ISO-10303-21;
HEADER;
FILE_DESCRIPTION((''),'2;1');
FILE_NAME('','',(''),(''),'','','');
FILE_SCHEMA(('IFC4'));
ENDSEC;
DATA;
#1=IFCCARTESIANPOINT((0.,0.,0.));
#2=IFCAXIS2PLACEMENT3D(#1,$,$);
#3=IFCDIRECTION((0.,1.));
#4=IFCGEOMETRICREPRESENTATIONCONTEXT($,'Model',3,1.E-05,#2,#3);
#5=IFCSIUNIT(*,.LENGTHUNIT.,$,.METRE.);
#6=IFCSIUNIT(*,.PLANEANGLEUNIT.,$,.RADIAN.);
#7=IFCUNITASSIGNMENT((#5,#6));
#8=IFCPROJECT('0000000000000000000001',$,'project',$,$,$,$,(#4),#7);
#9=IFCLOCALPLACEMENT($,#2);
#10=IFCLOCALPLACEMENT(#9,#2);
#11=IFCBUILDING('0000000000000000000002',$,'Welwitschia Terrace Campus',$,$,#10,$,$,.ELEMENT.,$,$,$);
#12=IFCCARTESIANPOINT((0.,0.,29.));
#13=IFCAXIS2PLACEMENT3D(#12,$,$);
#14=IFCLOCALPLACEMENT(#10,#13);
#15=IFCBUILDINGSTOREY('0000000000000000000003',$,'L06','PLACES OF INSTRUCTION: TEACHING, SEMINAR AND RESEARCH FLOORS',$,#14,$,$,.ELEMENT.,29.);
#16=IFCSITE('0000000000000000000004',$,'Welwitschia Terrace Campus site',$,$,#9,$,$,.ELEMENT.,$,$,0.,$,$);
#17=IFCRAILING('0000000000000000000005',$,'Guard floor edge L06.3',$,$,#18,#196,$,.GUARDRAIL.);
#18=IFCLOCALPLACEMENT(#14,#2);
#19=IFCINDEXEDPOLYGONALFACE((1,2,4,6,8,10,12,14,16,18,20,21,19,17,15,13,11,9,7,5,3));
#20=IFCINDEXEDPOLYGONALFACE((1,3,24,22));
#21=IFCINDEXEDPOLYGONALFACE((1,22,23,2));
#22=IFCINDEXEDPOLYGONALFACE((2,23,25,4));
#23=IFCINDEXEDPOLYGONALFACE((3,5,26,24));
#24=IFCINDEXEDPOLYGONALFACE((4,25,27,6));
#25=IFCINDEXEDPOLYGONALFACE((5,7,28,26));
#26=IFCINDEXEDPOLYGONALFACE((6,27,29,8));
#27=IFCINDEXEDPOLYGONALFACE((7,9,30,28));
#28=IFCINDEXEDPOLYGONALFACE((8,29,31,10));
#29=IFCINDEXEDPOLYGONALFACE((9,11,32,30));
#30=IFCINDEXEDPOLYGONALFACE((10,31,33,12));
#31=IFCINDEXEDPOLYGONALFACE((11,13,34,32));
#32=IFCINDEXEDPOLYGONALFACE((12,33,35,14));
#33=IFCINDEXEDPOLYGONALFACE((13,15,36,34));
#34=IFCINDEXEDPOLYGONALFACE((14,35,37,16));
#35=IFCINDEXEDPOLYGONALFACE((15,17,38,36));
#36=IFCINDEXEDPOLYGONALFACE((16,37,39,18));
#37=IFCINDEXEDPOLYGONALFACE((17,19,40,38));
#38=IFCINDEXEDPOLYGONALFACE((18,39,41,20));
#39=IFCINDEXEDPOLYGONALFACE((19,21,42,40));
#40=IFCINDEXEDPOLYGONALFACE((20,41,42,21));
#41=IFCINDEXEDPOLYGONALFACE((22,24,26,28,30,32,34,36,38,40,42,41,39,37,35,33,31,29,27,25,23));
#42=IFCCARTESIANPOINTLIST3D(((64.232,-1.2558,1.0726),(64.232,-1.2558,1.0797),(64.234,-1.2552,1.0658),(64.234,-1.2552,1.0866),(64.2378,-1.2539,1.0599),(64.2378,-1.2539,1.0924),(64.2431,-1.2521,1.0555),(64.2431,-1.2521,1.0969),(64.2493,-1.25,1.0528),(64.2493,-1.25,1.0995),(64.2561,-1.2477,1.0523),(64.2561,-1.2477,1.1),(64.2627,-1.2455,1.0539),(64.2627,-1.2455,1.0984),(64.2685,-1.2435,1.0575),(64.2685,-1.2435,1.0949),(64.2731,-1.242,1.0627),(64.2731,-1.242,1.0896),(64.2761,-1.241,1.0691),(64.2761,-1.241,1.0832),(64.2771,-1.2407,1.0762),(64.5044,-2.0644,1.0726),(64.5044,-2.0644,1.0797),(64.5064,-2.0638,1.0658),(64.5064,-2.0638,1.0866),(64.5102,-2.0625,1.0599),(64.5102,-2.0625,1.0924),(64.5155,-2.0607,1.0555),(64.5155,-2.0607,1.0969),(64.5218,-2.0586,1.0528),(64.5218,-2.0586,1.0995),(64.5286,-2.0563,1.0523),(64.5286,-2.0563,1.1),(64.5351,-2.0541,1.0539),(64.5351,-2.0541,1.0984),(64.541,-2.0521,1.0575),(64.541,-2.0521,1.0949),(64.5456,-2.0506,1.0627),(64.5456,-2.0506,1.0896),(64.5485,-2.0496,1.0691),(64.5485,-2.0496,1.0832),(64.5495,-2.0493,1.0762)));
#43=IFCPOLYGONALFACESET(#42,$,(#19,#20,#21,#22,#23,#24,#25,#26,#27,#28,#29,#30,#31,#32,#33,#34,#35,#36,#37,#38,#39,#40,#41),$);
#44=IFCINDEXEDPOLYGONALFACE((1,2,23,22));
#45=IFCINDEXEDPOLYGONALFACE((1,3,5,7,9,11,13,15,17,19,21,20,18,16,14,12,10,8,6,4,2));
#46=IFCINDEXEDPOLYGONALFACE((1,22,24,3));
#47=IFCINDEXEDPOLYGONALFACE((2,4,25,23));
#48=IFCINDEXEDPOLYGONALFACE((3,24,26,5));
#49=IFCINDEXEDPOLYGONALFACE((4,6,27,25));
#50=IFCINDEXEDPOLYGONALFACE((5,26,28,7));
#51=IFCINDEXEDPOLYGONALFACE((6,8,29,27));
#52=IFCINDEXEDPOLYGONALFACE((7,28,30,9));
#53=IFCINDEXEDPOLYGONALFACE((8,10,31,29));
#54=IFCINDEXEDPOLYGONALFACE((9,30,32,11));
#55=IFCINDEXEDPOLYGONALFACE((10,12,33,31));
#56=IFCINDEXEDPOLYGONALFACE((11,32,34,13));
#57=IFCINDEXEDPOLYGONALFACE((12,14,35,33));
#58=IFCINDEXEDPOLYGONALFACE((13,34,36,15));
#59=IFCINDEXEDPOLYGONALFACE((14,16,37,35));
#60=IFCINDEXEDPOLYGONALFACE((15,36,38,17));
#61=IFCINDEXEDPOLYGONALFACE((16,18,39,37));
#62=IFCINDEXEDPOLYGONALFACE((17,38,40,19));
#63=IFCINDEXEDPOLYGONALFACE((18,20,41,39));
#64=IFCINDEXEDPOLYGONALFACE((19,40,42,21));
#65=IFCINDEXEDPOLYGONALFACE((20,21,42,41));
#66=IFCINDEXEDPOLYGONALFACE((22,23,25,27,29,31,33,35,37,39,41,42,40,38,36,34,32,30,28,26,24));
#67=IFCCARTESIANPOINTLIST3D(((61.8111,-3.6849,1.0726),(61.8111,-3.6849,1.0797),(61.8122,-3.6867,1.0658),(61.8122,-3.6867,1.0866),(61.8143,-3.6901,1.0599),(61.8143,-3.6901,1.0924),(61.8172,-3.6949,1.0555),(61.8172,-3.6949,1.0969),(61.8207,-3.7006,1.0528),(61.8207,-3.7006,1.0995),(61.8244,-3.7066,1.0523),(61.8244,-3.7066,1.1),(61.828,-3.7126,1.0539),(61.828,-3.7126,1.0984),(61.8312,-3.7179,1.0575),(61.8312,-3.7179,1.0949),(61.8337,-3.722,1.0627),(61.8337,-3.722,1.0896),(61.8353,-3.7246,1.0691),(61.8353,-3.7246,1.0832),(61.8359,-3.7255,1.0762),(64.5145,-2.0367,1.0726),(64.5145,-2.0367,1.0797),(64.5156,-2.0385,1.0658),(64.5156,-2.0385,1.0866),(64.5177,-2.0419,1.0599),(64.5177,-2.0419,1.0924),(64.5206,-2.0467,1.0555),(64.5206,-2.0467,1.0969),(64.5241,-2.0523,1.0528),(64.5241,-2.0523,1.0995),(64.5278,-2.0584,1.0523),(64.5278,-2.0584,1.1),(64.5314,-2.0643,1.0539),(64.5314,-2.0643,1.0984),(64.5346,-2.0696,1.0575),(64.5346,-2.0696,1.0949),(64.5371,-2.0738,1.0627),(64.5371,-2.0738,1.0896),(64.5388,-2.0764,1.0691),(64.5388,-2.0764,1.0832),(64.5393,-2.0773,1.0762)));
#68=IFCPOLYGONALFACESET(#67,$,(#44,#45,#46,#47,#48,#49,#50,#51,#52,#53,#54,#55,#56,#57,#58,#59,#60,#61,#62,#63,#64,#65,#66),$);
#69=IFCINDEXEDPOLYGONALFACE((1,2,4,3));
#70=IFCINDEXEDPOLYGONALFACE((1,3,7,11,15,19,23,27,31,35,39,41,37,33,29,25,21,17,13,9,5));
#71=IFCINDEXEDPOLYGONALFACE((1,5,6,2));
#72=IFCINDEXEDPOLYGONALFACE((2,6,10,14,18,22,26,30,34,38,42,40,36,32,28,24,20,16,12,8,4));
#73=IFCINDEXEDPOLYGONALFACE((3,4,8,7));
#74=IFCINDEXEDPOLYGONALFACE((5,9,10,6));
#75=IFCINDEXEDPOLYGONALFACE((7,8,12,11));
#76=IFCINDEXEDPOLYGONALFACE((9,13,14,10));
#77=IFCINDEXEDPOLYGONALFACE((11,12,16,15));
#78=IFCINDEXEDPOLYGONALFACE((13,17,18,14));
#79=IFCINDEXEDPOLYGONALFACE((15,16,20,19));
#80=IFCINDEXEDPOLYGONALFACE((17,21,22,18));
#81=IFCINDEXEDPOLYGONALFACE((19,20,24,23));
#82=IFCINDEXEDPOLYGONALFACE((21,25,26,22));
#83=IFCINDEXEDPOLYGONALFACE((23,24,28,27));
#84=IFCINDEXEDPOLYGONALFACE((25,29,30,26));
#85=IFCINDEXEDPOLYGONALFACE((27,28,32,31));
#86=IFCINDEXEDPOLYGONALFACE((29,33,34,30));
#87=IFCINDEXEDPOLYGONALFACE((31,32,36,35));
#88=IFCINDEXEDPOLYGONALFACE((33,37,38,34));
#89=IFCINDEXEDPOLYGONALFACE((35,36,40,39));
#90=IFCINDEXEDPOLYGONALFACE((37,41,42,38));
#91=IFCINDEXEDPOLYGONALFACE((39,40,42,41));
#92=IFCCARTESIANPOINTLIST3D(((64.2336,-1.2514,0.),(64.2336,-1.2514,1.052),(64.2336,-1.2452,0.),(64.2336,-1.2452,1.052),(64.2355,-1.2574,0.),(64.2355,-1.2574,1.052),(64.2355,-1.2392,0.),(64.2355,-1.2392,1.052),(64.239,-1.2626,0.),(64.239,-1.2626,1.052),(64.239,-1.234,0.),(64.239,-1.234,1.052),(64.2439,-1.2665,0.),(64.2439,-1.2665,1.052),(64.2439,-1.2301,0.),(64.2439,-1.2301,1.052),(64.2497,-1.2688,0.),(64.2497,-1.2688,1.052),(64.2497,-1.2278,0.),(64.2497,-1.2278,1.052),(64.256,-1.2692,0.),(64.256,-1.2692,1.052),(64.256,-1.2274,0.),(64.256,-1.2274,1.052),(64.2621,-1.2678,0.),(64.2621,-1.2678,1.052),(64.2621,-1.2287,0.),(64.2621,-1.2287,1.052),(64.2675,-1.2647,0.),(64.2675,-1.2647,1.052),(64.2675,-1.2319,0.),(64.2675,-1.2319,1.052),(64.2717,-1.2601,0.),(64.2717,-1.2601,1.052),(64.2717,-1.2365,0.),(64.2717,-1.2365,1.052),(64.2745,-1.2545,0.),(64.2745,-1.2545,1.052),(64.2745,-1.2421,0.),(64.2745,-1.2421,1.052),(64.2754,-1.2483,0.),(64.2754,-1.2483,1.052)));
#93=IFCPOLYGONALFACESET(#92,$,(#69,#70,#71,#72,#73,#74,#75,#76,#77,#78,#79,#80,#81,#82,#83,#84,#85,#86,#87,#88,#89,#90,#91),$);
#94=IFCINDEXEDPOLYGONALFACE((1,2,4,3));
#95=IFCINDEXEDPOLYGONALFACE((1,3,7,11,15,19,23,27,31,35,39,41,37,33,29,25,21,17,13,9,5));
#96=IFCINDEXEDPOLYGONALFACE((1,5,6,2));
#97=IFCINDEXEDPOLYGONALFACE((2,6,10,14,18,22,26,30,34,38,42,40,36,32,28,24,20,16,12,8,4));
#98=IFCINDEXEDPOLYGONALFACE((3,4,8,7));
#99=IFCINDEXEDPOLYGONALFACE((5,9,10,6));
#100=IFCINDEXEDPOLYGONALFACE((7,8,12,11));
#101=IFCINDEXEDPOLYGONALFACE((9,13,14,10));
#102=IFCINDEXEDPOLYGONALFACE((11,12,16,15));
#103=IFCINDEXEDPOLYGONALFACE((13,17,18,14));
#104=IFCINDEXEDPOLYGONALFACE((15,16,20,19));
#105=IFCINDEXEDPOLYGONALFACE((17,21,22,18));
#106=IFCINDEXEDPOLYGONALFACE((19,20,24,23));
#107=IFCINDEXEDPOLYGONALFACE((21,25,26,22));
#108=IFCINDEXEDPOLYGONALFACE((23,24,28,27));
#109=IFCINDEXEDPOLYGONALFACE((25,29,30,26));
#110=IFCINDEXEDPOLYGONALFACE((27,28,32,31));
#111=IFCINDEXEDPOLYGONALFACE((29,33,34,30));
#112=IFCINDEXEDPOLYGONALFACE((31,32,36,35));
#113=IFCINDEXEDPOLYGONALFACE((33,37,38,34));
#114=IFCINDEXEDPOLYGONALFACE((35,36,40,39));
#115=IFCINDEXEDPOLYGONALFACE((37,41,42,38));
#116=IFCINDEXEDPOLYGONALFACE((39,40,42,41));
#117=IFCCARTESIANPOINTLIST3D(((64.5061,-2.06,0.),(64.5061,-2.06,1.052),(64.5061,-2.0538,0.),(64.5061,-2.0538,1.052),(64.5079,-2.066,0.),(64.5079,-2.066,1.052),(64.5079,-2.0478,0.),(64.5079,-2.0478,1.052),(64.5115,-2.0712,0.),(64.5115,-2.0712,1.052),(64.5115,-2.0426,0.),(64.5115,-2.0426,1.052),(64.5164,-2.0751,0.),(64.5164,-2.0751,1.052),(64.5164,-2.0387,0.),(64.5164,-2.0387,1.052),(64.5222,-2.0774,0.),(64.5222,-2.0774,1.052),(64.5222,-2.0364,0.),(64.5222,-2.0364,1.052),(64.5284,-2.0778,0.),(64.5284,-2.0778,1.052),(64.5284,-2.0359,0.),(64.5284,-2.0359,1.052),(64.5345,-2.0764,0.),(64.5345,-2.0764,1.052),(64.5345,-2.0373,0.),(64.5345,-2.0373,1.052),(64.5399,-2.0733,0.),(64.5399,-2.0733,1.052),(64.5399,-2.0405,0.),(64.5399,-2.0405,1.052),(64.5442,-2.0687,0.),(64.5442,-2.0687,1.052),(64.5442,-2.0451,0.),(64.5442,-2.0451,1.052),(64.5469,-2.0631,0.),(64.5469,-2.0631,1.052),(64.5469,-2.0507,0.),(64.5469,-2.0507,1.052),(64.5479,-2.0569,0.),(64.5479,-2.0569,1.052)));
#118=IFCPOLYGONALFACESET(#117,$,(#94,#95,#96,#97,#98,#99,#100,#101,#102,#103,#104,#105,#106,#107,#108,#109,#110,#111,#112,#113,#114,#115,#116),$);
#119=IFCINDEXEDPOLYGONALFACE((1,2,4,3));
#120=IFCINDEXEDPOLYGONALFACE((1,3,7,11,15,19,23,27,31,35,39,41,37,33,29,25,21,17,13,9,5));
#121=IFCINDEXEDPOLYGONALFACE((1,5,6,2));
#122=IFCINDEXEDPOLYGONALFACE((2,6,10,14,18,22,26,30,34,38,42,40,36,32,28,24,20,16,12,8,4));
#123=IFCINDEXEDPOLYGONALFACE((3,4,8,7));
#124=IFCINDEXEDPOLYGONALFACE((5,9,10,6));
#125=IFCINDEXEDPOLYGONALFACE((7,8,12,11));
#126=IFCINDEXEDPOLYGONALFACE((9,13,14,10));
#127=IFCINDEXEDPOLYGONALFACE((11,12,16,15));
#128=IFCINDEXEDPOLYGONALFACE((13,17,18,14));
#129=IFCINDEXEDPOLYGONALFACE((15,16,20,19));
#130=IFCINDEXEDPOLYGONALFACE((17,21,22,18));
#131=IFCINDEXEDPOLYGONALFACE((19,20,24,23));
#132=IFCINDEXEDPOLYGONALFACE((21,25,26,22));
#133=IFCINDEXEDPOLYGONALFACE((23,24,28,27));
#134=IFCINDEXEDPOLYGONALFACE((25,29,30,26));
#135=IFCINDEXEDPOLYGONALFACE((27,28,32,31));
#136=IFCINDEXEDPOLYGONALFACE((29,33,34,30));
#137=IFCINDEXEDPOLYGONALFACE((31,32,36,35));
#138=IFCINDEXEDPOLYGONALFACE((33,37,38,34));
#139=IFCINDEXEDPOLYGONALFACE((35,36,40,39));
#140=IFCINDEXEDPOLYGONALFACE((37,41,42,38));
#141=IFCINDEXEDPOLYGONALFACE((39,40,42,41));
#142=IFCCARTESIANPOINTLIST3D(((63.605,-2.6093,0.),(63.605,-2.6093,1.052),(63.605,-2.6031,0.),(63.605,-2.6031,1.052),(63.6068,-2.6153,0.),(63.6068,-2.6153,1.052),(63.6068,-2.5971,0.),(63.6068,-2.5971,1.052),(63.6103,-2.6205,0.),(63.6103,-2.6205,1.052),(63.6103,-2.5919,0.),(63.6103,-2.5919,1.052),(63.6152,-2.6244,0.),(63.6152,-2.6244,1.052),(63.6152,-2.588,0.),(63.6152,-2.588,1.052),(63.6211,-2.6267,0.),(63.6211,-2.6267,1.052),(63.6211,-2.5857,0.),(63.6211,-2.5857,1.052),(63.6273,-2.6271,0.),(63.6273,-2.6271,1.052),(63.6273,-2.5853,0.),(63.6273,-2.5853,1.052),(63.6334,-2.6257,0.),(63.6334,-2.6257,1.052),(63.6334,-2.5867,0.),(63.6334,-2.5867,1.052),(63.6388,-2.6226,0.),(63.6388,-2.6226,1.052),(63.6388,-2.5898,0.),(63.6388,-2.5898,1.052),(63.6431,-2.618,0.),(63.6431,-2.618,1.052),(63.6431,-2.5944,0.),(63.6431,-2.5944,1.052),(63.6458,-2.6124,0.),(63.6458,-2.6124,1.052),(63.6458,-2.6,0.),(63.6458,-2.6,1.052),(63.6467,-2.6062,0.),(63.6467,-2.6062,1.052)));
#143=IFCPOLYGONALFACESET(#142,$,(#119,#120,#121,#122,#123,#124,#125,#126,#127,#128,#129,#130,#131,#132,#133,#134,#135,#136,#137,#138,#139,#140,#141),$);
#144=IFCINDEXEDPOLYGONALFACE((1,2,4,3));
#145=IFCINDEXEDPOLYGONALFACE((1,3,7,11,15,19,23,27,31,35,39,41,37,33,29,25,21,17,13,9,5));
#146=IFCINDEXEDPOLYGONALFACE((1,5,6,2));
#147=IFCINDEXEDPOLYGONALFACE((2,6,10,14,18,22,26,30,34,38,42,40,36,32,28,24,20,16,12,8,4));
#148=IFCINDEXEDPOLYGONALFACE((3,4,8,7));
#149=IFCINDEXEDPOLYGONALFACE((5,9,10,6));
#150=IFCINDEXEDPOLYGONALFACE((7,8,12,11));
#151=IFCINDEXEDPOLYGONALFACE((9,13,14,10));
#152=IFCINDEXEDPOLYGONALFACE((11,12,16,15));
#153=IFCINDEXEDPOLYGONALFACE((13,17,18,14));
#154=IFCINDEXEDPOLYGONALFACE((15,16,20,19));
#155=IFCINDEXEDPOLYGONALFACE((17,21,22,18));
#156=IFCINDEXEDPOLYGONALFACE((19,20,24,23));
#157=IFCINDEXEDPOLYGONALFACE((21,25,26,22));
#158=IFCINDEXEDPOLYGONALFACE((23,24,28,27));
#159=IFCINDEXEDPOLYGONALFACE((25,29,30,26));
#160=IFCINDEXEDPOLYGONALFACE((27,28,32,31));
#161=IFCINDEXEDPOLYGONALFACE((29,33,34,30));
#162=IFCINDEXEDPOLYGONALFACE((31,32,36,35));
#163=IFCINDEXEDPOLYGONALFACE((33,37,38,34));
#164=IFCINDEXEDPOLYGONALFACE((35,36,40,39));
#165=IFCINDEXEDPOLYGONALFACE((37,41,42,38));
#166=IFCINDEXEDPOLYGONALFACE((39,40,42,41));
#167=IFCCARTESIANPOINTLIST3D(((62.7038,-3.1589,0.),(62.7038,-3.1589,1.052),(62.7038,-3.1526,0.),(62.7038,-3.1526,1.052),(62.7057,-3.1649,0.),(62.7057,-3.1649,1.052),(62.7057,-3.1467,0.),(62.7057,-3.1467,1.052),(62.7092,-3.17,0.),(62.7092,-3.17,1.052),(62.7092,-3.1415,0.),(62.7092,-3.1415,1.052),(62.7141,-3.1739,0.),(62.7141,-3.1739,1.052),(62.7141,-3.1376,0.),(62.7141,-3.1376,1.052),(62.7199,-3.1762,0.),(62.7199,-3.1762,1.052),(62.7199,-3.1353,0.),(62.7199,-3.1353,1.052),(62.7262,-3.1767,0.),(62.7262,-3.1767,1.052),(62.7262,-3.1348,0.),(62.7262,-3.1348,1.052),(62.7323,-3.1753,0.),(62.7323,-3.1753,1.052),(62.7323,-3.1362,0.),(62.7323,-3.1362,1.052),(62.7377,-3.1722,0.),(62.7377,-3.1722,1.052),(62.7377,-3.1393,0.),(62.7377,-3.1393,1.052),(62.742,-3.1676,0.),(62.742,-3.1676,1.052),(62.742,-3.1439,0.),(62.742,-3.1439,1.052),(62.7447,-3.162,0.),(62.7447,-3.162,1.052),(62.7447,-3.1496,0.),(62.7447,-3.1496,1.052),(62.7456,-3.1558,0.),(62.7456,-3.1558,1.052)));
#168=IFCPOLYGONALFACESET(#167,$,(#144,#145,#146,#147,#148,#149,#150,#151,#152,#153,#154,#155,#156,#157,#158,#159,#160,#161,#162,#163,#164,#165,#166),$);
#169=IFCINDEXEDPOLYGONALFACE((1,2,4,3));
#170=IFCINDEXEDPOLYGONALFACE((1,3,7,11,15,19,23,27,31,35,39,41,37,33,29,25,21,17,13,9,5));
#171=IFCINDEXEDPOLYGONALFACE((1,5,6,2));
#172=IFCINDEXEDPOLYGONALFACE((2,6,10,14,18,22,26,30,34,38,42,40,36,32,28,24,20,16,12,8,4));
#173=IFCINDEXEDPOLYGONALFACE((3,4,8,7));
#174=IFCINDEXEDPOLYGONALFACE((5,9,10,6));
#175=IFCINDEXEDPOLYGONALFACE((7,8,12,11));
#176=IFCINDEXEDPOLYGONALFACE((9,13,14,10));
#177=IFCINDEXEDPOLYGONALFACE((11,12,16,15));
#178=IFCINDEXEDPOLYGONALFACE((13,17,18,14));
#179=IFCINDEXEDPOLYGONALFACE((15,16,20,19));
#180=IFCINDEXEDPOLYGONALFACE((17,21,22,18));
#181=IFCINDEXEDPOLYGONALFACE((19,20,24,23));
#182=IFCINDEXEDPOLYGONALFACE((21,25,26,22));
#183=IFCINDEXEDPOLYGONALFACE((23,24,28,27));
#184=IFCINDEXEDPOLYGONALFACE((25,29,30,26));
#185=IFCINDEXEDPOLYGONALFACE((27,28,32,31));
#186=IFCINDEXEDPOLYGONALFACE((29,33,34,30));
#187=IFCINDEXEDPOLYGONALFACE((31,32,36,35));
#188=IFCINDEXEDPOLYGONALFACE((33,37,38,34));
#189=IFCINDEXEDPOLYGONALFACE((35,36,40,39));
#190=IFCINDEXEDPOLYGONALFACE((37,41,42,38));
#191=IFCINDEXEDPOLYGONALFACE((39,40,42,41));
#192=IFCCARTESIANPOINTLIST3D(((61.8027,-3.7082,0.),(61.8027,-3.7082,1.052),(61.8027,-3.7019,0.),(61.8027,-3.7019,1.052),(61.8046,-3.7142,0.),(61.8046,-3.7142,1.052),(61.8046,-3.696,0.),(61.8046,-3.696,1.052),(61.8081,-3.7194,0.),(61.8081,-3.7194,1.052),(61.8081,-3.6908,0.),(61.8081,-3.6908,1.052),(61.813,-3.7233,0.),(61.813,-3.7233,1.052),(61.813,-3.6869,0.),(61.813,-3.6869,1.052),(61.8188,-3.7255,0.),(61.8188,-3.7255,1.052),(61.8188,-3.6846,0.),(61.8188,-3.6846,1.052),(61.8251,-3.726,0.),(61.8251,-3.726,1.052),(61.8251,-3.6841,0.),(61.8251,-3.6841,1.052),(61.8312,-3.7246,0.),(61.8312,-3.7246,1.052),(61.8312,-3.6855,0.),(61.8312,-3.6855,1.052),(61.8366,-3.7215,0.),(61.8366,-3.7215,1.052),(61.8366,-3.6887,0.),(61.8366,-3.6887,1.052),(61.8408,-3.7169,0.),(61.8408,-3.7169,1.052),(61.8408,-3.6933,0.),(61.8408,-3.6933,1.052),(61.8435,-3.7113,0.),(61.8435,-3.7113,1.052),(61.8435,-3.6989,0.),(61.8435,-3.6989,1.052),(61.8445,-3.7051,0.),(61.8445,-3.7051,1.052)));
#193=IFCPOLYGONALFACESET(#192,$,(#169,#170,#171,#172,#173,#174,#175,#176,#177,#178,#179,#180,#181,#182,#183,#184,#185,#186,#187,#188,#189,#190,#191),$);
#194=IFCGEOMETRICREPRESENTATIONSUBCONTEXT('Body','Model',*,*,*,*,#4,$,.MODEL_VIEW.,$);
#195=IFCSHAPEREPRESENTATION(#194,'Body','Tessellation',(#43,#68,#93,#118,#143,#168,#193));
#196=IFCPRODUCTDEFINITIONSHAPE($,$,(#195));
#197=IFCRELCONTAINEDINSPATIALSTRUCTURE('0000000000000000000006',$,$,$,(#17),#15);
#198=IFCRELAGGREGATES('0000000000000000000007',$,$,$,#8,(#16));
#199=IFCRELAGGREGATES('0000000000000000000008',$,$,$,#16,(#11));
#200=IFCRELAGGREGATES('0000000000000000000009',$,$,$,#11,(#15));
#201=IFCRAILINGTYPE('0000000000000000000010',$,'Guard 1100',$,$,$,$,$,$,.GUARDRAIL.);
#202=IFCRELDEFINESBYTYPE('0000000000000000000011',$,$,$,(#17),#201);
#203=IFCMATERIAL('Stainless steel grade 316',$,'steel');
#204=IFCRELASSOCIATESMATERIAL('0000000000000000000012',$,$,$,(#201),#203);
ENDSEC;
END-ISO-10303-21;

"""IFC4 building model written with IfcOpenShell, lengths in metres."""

from ifc_helpers import new_model, si_unit, direction, frame, origin, origin_2d, place, context, subcontext, project, spatial, circle, extrude, material, type_object, element, save


model = new_model("IFC4")

# Units and contexts
model_context = context("Model", 3, precision=1e-05, world=origin(), true_north=direction((0.0, 1.0)))
body_context = subcontext(model_context, "Body", "Model", "MODEL_VIEW")
ifc_project = project(units=[si_unit("LENGTHUNIT", "METRE"), si_unit("PLANEANGLEUNIT", "RADIAN")], contexts=[model_context])

# Site, building, storey
site_placement = place(None, origin())
site = spatial("IfcSite", under=ifc_project, at=site_placement, Name="Welwitschia Terrace Campus site", CompositionType="ELEMENT", RefElevation=0.0)
building_placement = place(site_placement, origin())
building = spatial("IfcBuilding", under=site, at=building_placement, Name="Welwitschia Terrace Campus", CompositionType="ELEMENT")
storey_placement = place(building_placement, frame((0.0, 0.0, 29.0)))
storey = spatial("IfcBuildingStorey", under=building, at=storey_placement, Name="L06", Description="PLACES OF INSTRUCTION: TEACHING, SEMINAR AND RESEARCH FLOORS", CompositionType="ELEMENT", Elevation=29.0)

# Railing
ifc_material_1 = material(Name="Stainless steel grade 316", Category="steel")
railing_type = type_object("IfcRailingType", Name="Guard 1100", PredefinedType="GUARDRAIL", material=ifc_material_1)
railing_placement = place(storey_placement, frame((64.2544, -1.2483, 0.0)))
element("IfcRailing", 1, at=railing_placement, inside=storey, type_object=railing_type, Name="Guard floor edge L06.3", PredefinedType="GUARDRAIL", context=body_context, shape_type="SweptSolid", body=[
    extrude(circle(Radius=0.0239, at=origin_2d()), frame((0.0, 0.0, 1.0762), z_axis=(0.319316, -0.947648, 0.0), x_axis=(0.947648, 0.319316, 0.0)), (0.0, 0.0, 1.0), 0.8533),
    extrude(circle(Radius=0.0239, at=origin_2d()), frame((0.2725, -0.8086, 1.0762), z_axis=(-0.853825, -0.520561, 0.0), x_axis=(0.520561, -0.853825, 0.0)), (0.0, 0.0, 1.0), 3.1663),
    extrude(circle(Radius=0.021, at=origin_2d()), origin(), (0.0, 0.0, 1.0), 1.052),
    extrude(circle(Radius=0.021, at=origin_2d()), frame((0.2725, -0.8086, 0.0)), (0.0, 0.0, 1.0), 1.052),
    extrude(circle(Radius=0.021, at=origin_2d()), frame((-0.6287, -1.3579, 0.0)), (0.0, 0.0, 1.0), 1.052),
    extrude(circle(Radius=0.021, at=origin_2d()), frame((-1.5298, -1.9075, 0.0)), (0.0, 0.0, 1.0), 1.052),
    extrude(circle(Radius=0.021, at=origin_2d()), frame((-2.4309, -2.4568, 0.0)), (0.0, 0.0, 1.0), 1.052),
])

save(model, "model.ifc")
